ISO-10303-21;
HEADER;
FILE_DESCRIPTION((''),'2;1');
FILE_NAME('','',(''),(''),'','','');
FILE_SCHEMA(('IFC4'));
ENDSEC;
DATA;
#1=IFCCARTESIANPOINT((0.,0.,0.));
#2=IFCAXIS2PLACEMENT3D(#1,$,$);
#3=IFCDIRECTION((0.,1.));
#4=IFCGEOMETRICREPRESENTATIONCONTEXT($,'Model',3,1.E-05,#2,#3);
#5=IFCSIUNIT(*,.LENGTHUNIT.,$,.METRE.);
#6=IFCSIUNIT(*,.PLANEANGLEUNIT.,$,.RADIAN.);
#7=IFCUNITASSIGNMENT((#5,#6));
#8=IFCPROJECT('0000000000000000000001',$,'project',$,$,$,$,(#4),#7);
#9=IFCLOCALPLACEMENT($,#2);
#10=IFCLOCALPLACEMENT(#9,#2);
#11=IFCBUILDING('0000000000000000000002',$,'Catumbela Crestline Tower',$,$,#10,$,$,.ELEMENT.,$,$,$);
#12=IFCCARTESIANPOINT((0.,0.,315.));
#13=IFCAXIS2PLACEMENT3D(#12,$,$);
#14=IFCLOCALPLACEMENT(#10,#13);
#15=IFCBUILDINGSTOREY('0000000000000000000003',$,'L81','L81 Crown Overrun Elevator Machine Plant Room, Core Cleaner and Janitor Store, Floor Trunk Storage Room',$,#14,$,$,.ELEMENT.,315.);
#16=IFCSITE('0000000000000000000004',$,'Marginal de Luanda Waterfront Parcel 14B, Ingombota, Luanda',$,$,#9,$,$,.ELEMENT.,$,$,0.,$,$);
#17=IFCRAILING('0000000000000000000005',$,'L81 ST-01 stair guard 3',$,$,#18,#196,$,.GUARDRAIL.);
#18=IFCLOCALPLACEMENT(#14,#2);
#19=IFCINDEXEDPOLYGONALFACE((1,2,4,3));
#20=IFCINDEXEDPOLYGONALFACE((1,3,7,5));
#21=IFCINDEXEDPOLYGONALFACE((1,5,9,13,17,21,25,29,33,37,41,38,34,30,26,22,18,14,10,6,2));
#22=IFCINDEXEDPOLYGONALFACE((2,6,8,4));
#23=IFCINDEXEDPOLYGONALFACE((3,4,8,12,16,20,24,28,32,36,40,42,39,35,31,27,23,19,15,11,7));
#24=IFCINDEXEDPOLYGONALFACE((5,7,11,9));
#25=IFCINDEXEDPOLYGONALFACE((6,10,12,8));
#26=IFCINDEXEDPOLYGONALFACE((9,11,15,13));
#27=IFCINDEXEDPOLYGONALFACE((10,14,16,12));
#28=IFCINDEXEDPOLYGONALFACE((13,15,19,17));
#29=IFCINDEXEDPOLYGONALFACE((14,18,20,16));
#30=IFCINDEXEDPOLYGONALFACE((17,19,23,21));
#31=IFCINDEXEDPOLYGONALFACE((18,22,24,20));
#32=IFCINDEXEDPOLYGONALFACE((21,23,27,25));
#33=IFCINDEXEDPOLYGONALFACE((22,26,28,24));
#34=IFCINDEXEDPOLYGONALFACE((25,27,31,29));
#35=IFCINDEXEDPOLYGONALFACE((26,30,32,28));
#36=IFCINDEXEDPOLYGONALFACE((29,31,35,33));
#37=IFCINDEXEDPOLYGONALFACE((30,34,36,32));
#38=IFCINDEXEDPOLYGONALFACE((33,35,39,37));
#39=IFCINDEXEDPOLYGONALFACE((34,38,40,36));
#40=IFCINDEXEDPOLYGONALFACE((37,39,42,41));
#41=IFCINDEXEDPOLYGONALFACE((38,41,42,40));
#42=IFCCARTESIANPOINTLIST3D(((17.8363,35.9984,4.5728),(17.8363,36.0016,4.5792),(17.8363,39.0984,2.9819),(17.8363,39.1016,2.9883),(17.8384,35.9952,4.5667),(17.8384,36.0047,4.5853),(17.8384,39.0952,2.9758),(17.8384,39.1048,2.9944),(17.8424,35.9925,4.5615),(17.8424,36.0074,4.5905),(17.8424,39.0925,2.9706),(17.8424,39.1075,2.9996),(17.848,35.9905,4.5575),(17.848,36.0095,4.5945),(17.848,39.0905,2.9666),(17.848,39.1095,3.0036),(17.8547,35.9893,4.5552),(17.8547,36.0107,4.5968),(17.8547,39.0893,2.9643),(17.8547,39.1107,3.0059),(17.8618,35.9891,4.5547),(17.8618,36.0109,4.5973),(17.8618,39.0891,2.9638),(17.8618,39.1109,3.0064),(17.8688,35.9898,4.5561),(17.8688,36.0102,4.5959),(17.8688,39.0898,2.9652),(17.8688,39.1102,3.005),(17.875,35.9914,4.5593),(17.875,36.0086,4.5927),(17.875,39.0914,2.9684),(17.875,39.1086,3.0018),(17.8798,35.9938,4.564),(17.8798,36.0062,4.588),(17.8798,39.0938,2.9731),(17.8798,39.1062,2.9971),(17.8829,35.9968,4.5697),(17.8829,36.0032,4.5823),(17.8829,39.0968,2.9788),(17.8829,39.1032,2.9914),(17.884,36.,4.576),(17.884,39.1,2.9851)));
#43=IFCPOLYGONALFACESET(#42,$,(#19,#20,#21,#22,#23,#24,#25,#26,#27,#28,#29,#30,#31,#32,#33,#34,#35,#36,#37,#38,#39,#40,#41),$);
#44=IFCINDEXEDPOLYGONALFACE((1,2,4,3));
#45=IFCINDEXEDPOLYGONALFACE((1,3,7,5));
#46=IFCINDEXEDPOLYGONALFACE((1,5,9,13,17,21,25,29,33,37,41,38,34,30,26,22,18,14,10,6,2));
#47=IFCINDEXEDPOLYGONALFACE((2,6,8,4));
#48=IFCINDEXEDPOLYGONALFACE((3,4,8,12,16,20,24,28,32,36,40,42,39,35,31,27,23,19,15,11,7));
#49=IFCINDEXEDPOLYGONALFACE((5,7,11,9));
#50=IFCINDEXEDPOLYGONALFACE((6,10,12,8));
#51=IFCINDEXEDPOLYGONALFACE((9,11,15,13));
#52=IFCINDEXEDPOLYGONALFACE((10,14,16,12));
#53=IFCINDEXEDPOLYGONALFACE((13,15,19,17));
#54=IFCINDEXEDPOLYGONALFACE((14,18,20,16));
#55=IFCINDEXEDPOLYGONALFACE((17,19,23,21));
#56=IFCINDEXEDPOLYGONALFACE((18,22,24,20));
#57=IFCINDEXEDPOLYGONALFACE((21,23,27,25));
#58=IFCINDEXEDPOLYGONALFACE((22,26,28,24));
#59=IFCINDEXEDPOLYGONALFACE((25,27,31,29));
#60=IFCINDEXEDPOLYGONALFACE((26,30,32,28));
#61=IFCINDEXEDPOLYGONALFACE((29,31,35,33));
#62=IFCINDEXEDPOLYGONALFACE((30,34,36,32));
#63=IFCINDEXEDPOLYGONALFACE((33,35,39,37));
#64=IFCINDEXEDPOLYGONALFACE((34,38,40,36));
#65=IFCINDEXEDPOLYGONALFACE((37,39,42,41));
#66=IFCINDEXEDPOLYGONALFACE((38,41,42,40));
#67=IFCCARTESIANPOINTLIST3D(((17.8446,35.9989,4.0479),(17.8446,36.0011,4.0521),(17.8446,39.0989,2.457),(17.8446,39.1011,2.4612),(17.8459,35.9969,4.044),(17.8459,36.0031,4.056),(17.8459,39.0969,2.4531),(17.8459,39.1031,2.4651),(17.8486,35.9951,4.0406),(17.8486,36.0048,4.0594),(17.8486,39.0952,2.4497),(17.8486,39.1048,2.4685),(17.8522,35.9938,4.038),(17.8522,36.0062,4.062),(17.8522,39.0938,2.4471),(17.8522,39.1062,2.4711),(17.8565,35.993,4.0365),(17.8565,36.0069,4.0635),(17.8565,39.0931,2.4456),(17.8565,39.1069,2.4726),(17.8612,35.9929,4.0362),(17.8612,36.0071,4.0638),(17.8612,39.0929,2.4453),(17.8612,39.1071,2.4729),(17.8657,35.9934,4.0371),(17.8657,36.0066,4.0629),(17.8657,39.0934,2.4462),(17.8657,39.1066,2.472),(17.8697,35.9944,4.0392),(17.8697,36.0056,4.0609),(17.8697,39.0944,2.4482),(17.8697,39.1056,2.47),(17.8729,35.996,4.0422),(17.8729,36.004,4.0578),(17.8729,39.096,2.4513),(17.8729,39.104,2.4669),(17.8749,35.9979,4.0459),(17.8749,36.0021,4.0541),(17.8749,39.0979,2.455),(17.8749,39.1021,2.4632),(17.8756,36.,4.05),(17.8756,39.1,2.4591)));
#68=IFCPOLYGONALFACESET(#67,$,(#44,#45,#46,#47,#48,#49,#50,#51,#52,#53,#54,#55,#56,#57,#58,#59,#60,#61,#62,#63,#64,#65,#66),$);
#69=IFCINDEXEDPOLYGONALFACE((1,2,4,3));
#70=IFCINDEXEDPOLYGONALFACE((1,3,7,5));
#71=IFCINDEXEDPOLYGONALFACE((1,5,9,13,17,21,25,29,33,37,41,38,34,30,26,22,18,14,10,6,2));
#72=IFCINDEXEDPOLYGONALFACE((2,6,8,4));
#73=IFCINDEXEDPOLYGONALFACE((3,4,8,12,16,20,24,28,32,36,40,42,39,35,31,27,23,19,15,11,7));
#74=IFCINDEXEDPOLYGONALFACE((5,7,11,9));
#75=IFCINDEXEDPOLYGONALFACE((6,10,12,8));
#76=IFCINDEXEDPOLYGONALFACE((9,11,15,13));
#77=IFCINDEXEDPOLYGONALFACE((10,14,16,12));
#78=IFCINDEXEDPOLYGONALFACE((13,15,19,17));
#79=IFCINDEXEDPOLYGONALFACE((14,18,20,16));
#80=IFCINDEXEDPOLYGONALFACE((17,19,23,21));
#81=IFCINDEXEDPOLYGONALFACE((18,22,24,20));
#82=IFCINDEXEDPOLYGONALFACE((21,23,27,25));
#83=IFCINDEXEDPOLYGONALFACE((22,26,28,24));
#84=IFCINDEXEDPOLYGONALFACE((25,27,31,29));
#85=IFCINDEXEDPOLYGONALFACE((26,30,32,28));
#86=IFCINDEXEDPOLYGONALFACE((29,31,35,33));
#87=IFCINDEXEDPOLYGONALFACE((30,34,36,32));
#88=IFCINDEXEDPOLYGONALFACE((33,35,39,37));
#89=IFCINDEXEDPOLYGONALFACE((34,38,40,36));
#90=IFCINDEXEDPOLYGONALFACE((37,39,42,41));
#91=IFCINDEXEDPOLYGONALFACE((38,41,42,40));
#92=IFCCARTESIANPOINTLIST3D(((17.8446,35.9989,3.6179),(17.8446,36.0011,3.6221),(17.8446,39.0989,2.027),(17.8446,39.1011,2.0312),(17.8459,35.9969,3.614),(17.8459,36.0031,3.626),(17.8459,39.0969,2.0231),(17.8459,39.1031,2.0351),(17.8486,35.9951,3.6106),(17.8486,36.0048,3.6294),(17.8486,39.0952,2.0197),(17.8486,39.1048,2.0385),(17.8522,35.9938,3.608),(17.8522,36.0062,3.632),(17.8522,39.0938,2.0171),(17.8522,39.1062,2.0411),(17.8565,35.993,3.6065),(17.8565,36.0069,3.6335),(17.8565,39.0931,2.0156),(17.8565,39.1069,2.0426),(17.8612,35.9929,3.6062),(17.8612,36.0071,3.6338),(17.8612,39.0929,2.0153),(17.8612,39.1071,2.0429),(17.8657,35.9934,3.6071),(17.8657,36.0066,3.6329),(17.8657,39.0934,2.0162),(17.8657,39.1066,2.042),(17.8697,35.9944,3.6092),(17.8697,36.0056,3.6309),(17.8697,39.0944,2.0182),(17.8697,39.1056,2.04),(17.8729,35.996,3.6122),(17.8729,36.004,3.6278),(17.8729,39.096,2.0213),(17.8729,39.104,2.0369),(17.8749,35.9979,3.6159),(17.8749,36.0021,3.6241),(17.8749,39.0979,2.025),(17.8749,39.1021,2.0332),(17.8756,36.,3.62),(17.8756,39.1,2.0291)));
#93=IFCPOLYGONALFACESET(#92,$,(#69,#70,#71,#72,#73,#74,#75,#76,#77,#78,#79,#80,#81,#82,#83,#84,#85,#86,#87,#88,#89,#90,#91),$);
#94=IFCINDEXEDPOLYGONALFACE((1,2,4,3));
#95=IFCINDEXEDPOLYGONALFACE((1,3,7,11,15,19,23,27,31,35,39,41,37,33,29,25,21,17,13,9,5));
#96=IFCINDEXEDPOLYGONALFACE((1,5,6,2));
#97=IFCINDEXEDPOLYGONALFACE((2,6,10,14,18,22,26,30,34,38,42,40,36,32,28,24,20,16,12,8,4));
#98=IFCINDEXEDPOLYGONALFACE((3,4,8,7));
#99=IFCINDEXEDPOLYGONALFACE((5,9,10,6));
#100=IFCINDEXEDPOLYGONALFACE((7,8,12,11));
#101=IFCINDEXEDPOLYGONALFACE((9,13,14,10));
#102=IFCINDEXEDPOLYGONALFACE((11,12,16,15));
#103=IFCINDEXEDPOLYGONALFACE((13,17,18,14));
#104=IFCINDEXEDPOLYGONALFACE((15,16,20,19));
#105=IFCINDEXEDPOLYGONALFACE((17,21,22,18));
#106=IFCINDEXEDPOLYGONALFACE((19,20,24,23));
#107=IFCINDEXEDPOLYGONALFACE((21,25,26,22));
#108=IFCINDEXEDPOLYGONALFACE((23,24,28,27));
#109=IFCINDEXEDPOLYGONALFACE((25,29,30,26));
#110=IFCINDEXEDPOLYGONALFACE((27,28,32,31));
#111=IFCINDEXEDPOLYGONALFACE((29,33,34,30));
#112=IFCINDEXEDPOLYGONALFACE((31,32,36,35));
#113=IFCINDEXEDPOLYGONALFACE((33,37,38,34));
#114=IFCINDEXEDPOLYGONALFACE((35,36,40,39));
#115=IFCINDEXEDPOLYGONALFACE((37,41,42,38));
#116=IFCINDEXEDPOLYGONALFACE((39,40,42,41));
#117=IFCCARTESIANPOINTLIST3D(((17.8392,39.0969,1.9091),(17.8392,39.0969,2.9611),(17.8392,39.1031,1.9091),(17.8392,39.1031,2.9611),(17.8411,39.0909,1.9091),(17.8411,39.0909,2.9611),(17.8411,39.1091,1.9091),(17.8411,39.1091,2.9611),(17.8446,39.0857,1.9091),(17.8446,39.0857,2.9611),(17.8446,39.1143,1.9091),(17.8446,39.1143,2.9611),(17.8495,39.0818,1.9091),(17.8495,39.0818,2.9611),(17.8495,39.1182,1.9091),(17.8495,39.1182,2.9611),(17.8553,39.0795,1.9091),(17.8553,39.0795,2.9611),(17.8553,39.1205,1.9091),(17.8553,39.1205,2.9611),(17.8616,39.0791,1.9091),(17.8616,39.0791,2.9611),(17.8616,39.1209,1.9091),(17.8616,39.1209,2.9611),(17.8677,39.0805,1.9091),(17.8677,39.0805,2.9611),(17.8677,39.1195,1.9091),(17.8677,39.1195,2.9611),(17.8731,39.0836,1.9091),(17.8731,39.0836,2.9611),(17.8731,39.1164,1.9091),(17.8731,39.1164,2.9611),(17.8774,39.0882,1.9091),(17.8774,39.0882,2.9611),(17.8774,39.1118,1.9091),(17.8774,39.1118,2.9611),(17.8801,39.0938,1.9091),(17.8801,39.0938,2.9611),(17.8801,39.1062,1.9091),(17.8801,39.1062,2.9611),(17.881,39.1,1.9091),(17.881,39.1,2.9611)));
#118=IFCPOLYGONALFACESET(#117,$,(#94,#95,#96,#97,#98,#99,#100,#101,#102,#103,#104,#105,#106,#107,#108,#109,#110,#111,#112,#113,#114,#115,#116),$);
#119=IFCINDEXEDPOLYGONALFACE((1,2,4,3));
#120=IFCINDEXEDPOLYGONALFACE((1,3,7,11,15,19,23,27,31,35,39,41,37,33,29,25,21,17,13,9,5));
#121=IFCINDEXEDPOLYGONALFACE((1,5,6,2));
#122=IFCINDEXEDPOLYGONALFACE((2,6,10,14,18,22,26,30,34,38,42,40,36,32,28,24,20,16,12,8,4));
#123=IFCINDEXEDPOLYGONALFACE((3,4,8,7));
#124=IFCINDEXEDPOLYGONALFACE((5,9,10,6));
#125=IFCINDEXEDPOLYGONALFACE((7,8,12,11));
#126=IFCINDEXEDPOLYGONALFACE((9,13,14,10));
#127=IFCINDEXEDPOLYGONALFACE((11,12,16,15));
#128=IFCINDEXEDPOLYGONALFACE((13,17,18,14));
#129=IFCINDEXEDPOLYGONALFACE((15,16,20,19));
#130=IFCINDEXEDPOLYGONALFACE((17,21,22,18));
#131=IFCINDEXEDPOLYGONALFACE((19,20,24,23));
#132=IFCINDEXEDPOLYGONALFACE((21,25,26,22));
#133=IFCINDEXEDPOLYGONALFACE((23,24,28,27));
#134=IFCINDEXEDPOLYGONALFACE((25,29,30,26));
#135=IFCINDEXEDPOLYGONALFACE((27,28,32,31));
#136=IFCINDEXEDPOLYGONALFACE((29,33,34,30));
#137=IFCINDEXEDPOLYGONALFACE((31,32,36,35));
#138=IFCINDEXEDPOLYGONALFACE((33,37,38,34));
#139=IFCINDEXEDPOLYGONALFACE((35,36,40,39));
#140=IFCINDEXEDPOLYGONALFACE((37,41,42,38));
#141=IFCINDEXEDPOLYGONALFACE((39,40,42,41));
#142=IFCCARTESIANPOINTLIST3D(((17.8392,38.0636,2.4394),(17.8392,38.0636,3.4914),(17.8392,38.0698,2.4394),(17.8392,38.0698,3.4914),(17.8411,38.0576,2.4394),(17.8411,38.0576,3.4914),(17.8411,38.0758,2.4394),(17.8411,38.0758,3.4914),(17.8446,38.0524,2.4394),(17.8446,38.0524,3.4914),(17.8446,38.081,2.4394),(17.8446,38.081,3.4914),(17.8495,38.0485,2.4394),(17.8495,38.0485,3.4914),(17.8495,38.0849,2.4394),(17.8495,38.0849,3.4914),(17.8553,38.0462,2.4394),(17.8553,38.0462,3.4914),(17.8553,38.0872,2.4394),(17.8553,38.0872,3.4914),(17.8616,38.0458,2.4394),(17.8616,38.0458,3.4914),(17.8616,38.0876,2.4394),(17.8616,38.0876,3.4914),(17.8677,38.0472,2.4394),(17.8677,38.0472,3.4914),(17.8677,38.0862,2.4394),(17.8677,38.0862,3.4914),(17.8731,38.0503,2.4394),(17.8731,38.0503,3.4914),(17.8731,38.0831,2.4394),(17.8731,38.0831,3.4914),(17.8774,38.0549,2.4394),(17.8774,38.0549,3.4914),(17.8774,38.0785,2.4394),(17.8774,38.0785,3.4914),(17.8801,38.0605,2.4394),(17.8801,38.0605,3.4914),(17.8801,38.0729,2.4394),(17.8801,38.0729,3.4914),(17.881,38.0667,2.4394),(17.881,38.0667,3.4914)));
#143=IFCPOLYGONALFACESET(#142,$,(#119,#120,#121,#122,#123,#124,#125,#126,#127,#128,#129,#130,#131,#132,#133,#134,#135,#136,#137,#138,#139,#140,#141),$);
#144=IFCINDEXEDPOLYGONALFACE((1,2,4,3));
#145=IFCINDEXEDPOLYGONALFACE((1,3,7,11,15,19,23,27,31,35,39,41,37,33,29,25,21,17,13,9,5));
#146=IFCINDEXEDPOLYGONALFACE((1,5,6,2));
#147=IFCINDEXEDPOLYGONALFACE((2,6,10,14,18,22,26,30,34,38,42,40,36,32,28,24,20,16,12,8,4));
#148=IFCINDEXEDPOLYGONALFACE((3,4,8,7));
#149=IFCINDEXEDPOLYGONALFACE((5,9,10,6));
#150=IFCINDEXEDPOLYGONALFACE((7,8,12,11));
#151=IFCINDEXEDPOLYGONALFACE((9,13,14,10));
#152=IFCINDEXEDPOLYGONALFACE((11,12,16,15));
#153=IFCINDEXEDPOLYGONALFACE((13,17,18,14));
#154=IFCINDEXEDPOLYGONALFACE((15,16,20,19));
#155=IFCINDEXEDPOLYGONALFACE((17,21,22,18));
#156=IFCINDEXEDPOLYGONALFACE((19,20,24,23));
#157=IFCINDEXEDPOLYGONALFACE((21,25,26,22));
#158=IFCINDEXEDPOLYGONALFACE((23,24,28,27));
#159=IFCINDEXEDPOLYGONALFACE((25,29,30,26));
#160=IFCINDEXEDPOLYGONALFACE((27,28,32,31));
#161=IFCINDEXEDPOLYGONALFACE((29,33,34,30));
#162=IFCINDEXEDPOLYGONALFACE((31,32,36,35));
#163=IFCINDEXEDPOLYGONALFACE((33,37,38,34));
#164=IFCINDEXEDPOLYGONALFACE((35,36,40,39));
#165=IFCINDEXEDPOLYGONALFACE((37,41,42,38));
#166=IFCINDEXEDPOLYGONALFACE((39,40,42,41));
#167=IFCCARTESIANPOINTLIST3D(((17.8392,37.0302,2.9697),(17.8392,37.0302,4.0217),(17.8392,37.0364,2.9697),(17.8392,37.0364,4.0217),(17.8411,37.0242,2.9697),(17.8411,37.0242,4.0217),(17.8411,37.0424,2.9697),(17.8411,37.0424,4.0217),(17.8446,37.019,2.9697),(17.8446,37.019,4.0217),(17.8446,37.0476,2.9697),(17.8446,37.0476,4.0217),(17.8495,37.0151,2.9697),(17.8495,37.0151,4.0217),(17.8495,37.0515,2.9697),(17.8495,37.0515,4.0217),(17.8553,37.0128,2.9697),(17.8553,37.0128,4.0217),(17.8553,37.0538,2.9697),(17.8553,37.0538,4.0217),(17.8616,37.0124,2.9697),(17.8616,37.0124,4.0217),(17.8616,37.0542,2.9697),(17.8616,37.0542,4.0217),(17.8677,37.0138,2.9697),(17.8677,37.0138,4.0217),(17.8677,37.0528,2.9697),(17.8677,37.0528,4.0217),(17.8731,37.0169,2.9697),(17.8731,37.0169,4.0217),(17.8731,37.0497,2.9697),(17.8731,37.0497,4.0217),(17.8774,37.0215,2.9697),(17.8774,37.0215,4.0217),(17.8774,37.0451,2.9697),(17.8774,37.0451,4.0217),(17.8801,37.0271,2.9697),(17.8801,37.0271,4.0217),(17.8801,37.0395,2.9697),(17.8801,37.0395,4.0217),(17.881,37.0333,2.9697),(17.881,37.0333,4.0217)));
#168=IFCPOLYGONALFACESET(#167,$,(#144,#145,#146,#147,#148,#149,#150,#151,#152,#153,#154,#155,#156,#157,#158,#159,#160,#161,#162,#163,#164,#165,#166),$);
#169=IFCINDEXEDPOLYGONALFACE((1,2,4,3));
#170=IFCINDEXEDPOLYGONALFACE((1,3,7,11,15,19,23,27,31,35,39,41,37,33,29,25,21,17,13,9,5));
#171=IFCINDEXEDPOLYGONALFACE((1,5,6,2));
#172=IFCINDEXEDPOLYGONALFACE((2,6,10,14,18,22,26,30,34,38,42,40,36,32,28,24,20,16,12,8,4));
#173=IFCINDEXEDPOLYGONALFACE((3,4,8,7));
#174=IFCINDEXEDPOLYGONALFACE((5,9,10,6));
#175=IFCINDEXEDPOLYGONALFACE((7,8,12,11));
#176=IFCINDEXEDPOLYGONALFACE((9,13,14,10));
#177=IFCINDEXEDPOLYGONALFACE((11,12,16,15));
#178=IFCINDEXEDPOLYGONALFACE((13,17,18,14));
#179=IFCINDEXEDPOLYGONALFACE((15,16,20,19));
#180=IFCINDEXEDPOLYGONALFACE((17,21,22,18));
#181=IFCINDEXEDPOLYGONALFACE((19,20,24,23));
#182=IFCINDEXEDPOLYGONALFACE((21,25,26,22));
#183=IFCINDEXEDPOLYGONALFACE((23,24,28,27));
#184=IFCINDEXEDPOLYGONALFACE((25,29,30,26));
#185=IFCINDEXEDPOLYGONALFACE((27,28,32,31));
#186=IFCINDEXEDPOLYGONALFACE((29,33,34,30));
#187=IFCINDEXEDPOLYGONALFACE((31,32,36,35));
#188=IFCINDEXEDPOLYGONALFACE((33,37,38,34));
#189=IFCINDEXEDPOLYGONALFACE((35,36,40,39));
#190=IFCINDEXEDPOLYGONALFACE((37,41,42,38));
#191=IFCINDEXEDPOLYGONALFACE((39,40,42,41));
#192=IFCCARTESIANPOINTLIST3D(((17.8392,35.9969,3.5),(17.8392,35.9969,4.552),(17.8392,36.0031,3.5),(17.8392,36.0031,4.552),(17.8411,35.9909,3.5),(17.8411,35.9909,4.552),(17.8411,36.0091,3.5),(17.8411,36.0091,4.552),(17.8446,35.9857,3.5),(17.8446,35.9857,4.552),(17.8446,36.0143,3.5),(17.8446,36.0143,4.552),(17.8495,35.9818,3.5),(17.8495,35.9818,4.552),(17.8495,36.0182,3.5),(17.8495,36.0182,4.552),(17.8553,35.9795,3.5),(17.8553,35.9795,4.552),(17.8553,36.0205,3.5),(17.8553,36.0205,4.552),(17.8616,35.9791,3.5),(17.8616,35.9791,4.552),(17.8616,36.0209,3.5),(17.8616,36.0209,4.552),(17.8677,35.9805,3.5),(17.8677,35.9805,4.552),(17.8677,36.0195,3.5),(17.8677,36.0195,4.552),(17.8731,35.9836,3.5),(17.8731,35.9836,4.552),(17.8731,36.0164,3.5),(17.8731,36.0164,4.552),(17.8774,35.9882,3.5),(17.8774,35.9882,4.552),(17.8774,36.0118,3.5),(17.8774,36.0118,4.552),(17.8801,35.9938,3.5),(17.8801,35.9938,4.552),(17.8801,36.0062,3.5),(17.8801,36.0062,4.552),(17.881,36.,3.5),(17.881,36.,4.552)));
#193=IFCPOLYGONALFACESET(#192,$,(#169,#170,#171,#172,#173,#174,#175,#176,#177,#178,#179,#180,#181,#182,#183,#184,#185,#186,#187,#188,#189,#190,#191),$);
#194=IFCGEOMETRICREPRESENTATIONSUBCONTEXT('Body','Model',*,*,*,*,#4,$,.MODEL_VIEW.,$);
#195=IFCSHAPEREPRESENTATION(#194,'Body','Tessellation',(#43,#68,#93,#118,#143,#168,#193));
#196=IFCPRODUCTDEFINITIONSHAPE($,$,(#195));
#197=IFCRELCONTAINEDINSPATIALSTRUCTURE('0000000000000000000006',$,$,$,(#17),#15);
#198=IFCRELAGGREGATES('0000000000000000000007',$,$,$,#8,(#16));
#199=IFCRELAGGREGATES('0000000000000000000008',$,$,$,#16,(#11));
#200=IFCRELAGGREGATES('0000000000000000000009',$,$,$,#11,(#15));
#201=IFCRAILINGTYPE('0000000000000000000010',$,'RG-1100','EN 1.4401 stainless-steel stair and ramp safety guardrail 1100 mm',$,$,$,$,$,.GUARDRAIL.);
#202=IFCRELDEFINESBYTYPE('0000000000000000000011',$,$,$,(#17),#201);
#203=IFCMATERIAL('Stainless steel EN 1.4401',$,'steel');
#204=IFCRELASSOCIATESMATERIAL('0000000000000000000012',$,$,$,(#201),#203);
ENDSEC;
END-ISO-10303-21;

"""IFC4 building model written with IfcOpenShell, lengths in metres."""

from ifc_helpers import new_model, si_unit, direction, frame, origin, origin_2d, place, context, subcontext, project, spatial, circle, extrude, material, type_object, element, save


model = new_model("IFC4")

# Units and contexts
model_context = context("Model", 3, precision=1e-05, world=origin(), true_north=direction((0.0, 1.0)))
body_context = subcontext(model_context, "Body", "Model", "MODEL_VIEW")
ifc_project = project(units=[si_unit("LENGTHUNIT", "METRE"), si_unit("PLANEANGLEUNIT", "RADIAN")], contexts=[model_context])

# Site, building, storey
site_placement = place(None, origin())
site = spatial("IfcSite", under=ifc_project, at=site_placement, Name="Marginal de Luanda Waterfront Parcel 14B, Ingombota, Luanda", CompositionType="ELEMENT", RefElevation=0.0)
building_placement = place(site_placement, origin())
building = spatial("IfcBuilding", under=site, at=building_placement, Name="Catumbela Crestline Tower", CompositionType="ELEMENT")
storey_placement = place(building_placement, frame((0.0, 0.0, 315.0)))
storey = spatial("IfcBuildingStorey", under=building, at=storey_placement, Name="L81", Description="L81 Crown Overrun Elevator Machine Plant Room, Core Cleaner and Janitor Store, Floor Trunk Storage Room", CompositionType="ELEMENT", Elevation=315.0)

# Railing
ifc_material_1 = material(Name="Stainless steel EN 1.4401", Category="steel")
railing_type_1 = type_object("IfcRailingType", Name="RG-1100", Description="EN 1.4401 stainless-steel stair and ramp safety guardrail 1100 mm", PredefinedType="GUARDRAIL", material=ifc_material_1)
railing_1_placement = place(storey_placement, frame((17.86, 39.1, 1.9091)))
element("IfcRailing", 1, at=railing_1_placement, inside=storey, type_object=railing_type_1, Name="L81 ST-01 stair guard 3", PredefinedType="GUARDRAIL", context=body_context, shape_type="SweptSolid", body=[
    extrude(circle(Radius=0.024, at=origin_2d()), frame((0.0, 0.0, 1.076), z_axis=(0.0, -0.889683, 0.456579), x_axis=(1.0, 0.0, 0.0)), (0.0, 0.0, 1.0), 3.4844),
    extrude(circle(Radius=0.0156, at=origin_2d()), frame((0.0, 0.0, 0.55), z_axis=(0.0, -0.889683, 0.456579), x_axis=(1.0, 0.0, 0.0)), (0.0, 0.0, 1.0), 3.4844),
    extrude(circle(Radius=0.0156, at=origin_2d()), frame((0.0, 0.0, 0.12), z_axis=(0.0, -0.889683, 0.456579), x_axis=(1.0, 0.0, 0.0)), (0.0, 0.0, 1.0), 3.4844),
    extrude(circle(Radius=0.021, at=origin_2d()), origin(), (0.0, 0.0, 1.0), 1.052),
    extrude(circle(Radius=0.021, at=origin_2d()), frame((0.0, -1.0333, 0.5303)), (0.0, 0.0, 1.0), 1.052),
    extrude(circle(Radius=0.021, at=origin_2d()), frame((0.0, -2.0667, 1.0606)), (0.0, 0.0, 1.0), 1.052),
    extrude(circle(Radius=0.021, at=origin_2d()), frame((0.0, -3.1, 1.5909)), (0.0, 0.0, 1.0), 1.052),
])

save(model, "model.ifc")
